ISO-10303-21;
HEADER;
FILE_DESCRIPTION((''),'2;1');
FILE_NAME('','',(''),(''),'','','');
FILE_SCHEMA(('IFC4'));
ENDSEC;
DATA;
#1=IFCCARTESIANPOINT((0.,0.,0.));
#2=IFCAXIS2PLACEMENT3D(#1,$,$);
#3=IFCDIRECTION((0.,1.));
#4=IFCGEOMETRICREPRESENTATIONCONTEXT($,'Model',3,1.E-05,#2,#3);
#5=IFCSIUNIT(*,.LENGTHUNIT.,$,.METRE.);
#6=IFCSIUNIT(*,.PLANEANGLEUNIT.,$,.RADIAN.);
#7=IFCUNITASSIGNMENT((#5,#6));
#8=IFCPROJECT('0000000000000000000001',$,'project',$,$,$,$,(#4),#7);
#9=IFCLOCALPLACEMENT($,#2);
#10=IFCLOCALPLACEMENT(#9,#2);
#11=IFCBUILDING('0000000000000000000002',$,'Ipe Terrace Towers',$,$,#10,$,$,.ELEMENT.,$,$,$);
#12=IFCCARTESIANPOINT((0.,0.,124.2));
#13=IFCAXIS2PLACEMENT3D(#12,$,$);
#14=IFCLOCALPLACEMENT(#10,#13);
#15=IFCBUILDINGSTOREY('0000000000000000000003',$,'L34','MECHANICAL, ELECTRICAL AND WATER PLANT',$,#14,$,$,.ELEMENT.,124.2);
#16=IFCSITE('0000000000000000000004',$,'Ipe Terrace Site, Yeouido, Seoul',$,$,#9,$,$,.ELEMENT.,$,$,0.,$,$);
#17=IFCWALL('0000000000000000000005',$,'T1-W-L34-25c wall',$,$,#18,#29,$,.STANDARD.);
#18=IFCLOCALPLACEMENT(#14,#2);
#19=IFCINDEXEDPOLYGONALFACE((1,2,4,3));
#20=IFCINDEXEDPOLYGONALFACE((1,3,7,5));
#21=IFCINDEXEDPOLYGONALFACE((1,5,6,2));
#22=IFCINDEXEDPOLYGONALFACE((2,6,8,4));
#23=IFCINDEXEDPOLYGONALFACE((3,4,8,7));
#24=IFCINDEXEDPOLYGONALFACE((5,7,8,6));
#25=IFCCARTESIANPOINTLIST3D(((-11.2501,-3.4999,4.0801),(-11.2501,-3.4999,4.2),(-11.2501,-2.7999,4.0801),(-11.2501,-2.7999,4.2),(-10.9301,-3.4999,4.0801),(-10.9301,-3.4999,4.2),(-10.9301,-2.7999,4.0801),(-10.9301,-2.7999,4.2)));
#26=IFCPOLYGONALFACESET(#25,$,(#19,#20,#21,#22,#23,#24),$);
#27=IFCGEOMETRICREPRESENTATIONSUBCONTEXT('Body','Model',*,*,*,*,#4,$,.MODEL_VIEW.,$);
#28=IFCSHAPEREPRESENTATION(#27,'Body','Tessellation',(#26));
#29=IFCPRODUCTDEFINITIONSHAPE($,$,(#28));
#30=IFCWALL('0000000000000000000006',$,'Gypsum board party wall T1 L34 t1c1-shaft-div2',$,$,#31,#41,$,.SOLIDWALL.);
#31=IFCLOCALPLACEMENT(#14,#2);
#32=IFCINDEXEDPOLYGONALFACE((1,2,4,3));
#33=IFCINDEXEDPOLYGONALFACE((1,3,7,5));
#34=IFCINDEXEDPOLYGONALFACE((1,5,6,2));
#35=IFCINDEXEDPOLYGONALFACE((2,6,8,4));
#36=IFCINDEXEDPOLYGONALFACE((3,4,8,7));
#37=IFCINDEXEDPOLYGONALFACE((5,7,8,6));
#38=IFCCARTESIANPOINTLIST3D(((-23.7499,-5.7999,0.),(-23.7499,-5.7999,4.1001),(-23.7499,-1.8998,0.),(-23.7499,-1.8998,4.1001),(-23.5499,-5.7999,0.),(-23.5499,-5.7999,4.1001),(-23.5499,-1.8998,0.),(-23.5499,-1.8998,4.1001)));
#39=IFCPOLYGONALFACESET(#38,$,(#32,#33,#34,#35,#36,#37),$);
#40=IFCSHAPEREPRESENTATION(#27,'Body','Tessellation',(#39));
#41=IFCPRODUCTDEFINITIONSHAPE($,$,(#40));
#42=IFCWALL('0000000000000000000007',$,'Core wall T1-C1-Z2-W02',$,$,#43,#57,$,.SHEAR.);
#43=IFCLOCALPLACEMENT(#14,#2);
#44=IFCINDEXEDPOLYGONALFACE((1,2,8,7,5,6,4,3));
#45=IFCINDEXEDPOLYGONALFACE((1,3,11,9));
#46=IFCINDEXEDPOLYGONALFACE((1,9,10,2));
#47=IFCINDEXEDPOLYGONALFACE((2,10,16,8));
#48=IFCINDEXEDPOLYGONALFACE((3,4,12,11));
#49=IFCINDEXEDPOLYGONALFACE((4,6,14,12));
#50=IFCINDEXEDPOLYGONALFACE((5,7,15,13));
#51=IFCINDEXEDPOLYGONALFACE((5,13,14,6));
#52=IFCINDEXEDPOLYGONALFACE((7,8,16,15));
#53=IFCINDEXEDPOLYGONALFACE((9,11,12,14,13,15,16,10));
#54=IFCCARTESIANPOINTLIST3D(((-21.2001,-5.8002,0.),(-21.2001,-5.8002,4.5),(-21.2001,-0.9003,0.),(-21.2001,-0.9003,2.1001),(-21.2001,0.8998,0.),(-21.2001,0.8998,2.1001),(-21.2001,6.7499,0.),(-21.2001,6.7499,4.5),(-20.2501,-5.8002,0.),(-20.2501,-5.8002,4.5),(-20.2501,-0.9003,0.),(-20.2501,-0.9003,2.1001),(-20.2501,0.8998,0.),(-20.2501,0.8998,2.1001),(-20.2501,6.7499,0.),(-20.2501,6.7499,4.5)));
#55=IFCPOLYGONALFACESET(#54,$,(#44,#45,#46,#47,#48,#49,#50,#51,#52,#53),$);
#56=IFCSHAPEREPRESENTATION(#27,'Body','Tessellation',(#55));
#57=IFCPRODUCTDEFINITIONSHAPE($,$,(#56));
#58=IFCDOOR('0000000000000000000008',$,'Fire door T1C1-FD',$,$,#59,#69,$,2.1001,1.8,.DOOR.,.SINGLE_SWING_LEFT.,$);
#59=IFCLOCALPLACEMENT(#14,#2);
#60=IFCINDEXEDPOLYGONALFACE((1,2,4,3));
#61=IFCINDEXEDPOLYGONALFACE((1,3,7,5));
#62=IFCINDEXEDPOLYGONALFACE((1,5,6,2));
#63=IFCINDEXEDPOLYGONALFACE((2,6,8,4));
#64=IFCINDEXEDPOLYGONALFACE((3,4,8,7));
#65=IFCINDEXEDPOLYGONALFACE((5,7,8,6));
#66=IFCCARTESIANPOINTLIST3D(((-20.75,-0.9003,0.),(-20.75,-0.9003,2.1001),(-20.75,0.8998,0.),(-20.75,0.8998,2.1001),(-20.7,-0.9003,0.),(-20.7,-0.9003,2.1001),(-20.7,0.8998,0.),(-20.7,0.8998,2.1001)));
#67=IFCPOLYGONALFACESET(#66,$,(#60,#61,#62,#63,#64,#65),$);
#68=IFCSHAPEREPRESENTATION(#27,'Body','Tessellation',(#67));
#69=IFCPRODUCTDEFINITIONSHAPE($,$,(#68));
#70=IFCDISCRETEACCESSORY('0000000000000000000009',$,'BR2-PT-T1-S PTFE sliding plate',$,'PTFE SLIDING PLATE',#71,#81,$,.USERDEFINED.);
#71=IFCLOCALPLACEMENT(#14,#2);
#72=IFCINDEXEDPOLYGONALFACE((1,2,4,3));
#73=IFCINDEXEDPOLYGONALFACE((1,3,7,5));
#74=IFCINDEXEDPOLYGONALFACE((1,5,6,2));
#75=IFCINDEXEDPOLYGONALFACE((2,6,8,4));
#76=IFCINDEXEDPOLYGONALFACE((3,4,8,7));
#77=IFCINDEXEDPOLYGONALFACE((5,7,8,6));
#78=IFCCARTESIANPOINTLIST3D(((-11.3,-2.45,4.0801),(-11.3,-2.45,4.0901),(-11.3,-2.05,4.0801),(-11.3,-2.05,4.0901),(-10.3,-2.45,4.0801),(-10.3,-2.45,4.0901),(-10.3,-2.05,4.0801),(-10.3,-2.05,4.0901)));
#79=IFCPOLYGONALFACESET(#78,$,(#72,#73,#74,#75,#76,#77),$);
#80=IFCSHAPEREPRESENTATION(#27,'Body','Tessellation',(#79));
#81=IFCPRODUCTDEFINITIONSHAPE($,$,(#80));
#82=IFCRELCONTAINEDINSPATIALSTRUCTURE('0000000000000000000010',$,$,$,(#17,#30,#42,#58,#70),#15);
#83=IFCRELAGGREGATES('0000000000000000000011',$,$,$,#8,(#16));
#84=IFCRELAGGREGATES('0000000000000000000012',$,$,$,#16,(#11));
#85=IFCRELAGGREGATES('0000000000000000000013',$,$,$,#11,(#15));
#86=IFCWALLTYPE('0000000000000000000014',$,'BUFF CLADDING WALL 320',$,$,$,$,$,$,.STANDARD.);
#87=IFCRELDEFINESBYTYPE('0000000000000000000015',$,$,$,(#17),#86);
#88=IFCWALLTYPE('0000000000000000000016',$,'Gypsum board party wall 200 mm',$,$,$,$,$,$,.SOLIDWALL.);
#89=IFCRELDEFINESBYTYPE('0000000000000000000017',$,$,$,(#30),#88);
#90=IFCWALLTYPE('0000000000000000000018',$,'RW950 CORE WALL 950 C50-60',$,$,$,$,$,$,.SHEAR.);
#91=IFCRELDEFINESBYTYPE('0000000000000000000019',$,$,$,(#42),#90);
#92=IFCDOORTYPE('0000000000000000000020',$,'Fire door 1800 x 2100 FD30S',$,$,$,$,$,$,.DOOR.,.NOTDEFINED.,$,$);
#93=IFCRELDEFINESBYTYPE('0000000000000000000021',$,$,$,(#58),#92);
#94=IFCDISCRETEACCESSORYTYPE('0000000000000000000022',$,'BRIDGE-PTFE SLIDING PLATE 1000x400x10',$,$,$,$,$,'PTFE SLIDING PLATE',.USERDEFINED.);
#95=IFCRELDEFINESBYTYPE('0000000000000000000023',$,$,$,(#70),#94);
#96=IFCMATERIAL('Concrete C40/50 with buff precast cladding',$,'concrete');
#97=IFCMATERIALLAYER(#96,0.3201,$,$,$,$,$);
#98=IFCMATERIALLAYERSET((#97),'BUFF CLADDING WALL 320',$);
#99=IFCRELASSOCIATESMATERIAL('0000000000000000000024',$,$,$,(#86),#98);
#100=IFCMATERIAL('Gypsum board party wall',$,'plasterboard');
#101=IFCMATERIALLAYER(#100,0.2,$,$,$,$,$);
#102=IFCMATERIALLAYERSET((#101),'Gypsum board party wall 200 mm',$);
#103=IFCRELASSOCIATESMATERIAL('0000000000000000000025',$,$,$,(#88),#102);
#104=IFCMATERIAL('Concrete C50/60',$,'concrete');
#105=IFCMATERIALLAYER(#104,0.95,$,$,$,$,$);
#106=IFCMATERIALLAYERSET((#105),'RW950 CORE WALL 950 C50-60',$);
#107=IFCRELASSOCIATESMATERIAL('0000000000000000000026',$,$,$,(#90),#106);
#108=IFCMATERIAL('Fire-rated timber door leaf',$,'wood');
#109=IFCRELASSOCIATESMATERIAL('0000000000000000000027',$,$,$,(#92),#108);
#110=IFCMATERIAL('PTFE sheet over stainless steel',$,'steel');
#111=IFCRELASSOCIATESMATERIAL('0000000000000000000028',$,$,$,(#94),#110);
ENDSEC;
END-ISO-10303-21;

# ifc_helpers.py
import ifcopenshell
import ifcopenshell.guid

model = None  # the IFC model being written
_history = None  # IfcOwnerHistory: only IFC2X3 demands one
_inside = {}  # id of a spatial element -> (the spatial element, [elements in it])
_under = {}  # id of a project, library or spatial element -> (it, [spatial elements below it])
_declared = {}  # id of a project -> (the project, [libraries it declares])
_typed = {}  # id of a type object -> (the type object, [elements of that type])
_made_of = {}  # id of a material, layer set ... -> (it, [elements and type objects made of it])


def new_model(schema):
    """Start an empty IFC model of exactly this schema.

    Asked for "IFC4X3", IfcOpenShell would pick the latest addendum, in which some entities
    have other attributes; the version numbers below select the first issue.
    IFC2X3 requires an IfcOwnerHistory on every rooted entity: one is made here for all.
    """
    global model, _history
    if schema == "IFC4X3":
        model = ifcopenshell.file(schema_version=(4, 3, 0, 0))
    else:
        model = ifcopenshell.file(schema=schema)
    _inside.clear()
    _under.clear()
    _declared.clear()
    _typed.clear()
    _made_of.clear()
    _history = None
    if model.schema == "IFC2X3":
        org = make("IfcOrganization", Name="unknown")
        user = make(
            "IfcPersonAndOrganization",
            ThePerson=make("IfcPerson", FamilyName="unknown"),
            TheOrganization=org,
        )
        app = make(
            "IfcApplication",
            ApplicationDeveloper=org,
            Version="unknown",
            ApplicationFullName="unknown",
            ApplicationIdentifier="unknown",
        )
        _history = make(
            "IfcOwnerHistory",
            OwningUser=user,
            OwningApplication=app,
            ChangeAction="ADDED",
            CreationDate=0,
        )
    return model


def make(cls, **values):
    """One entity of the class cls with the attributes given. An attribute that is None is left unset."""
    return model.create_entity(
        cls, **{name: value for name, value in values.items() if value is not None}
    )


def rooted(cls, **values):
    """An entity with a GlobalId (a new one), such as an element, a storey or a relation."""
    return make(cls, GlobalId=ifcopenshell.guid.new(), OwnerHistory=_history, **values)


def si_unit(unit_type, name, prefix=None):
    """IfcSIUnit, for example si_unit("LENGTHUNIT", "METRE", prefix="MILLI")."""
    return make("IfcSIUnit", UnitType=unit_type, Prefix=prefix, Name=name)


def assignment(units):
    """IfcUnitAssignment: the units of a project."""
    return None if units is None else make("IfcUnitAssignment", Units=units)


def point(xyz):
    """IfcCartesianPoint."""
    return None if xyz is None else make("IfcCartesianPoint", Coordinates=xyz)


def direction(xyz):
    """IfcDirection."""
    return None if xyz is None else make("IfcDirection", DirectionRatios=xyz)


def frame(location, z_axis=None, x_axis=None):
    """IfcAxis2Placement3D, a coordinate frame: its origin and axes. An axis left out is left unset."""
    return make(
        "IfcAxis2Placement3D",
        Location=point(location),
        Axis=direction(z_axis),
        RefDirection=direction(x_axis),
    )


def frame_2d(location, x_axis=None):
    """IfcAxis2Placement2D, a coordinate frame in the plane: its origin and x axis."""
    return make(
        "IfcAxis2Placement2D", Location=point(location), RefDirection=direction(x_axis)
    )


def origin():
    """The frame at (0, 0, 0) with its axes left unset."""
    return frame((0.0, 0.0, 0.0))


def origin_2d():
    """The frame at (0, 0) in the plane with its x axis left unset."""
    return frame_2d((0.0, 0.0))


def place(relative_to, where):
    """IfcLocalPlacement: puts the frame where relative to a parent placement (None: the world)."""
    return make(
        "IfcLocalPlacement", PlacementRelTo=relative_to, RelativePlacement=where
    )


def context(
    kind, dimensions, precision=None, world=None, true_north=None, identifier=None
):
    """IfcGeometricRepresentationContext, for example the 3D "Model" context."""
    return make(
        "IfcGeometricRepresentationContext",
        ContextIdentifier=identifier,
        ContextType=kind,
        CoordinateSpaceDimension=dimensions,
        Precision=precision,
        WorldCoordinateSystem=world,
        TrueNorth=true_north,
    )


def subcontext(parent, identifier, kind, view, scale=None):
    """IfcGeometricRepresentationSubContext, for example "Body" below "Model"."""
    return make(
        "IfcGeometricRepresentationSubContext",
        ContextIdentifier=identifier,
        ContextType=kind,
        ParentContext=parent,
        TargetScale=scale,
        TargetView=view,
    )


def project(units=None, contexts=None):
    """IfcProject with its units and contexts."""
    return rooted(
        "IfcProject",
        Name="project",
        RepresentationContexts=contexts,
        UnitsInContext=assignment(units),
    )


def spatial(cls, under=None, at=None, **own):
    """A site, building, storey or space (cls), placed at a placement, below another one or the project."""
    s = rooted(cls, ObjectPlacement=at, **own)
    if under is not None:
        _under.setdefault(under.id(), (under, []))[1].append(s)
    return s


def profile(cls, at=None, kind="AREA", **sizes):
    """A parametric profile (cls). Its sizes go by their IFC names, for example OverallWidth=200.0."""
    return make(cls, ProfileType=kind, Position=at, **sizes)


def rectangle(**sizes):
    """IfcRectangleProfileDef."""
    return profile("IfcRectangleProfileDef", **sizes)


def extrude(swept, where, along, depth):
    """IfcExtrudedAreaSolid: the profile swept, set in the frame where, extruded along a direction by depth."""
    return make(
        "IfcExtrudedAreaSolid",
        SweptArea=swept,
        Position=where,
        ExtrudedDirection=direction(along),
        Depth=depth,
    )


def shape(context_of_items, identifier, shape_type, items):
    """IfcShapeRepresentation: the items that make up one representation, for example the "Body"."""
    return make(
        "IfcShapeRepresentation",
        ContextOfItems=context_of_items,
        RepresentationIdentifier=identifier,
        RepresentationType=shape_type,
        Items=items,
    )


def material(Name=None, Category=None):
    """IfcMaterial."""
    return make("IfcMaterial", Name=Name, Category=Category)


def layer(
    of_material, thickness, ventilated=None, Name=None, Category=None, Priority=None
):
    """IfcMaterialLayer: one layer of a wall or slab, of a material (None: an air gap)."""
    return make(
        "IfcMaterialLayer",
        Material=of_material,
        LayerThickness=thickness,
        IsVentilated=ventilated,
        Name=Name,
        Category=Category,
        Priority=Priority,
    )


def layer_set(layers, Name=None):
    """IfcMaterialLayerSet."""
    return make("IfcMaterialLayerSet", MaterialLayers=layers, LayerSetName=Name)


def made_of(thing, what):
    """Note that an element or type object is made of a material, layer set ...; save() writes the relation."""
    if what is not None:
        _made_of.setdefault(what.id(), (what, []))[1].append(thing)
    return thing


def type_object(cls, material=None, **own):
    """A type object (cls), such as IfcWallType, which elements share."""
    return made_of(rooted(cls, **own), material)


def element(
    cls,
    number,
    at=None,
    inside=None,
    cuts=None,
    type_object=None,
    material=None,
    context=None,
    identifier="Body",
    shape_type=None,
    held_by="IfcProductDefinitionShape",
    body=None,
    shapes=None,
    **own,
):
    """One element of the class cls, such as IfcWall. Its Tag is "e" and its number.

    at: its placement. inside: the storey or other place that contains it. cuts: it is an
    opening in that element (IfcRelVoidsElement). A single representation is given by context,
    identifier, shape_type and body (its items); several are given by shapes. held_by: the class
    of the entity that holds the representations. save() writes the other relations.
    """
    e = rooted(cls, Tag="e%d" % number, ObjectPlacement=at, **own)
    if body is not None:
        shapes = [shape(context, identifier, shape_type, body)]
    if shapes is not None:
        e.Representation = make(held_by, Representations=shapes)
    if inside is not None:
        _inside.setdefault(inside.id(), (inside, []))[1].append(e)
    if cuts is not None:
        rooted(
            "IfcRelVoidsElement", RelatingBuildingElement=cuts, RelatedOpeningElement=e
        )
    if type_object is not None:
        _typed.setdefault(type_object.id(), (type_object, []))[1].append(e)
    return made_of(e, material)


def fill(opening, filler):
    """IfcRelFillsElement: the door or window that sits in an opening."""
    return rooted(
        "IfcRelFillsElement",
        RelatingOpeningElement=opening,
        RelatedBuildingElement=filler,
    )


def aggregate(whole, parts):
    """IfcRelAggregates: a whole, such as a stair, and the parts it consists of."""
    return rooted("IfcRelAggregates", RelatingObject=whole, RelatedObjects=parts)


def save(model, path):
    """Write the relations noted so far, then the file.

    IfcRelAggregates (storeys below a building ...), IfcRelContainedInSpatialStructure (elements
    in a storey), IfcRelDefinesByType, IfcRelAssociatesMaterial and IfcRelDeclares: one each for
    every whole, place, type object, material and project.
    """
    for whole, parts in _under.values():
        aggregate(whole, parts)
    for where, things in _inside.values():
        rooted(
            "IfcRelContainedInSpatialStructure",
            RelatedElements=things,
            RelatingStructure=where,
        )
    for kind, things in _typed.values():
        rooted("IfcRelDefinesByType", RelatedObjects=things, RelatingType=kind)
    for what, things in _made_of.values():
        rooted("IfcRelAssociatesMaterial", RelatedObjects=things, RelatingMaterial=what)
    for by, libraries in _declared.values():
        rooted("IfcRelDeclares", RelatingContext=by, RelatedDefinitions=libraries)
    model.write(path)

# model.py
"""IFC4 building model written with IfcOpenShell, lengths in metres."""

from ifc_helpers import new_model, si_unit, direction, frame, frame_2d, origin, origin_2d, place, context, subcontext, project, spatial, rectangle, extrude, material, layer, layer_set, type_object, element, fill, save


model = new_model("IFC4")

# Units and contexts
model_context = context("Model", 3, precision=1e-05, world=origin(), true_north=direction((0.0, 1.0)))
body_context = subcontext(model_context, "Body", "Model", "MODEL_VIEW")
ifc_project = project(units=[si_unit("LENGTHUNIT", "METRE"), si_unit("PLANEANGLEUNIT", "RADIAN")], contexts=[model_context])

# Site, building, storey
site_placement = place(None, origin())
site = spatial("IfcSite", under=ifc_project, at=site_placement, Name="Ipe Terrace Site, Yeouido, Seoul", CompositionType="ELEMENT", RefElevation=0.0)
building_placement = place(site_placement, origin())
building = spatial("IfcBuilding", under=site, at=building_placement, Name="Ipe Terrace Towers", CompositionType="ELEMENT")
storey_placement = place(building_placement, frame((0.0, 0.0, 124.2)))
storey = spatial("IfcBuildingStorey", under=building, at=storey_placement, Name="L34", Description="MECHANICAL, ELECTRICAL AND WATER PLANT", CompositionType="ELEMENT", Elevation=124.2)

# Walls
ifc_material_1 = material(Name="Concrete C40/50 with buff precast cladding", Category="concrete")
ifc_layer_1 = layer(ifc_material_1, 0.3201)
ifc_layer_set_1 = layer_set([ifc_layer_1], Name="BUFF CLADDING WALL 320")
wall_type_1 = type_object("IfcWallType", Name="BUFF CLADDING WALL 320", PredefinedType="STANDARD", material=ifc_layer_set_1)
wall_1_placement = place(storey_placement, frame((-11.0901, -3.5, 4.0801), z_axis=(0.0, 0.0, 1.0), x_axis=(0.0, 1.0, 0.0)))
element("IfcWall", 1, at=wall_1_placement, inside=storey, type_object=wall_type_1, Name="T1-W-L34-25c wall", PredefinedType="STANDARD", context=body_context, shape_type="SweptSolid", body=[
    extrude(rectangle(XDim=0.7, YDim=0.3201, at=frame_2d((0.3501, 0.0))), origin(), (0.0, 0.0, 1.0), 0.1199),
])
ifc_material_2 = material(Name="Gypsum board party wall", Category="plasterboard")
ifc_layer_2 = layer(ifc_material_2, 0.2)
ifc_layer_set_2 = layer_set([ifc_layer_2], Name="Gypsum board party wall 200 mm")
wall_type_2 = type_object("IfcWallType", Name="Gypsum board party wall 200 mm", PredefinedType="SOLIDWALL", material=ifc_layer_set_2)
wall_2_placement = place(storey_placement, frame((-23.6499, -5.8, 0.0), z_axis=(0.0, 0.0, 1.0), x_axis=(0.0, 1.0, 0.0)))
element("IfcWall", 2, at=wall_2_placement, inside=storey, type_object=wall_type_2, Name="Gypsum board party wall T1 L34 t1c1-shaft-div2", PredefinedType="SOLIDWALL", context=body_context, shape_type="SweptSolid", body=[
    extrude(rectangle(XDim=3.9001, YDim=0.2, at=frame_2d((1.9502, 0.0))), origin(), (0.0, 0.0, 1.0), 4.1001),
])

# Wall, opening, door
ifc_material_3 = material(Name="Concrete C50/60", Category="concrete")
ifc_layer_3 = layer(ifc_material_3, 0.95)
ifc_layer_set_3 = layer_set([ifc_layer_3], Name="RW950 CORE WALL 950 C50-60")
wall_type_3 = type_object("IfcWallType", Name="RW950 CORE WALL 950 C50-60", PredefinedType="SHEAR", material=ifc_layer_set_3)
wall_3_placement = place(storey_placement, frame((-20.7251, -5.8, 0.0), z_axis=(0.0, 0.0, 1.0), x_axis=(0.0, 1.0, 0.0)))
wall_3 = element("IfcWall", 3, at=wall_3_placement, inside=storey, type_object=wall_type_3, Name="Core wall T1-C1-Z2-W02", PredefinedType="SHEAR", context=body_context, shape_type="SweptSolid", body=[
    extrude(rectangle(XDim=12.55, YDim=0.95, at=frame_2d((6.2749, 0.0))), origin(), (0.0, 0.0, 1.0), 4.5),
])
opening_placement = place(wall_3_placement, frame((4.8999, 0.0, 0.0)))
opening = element("IfcOpeningElement", 4, at=opening_placement, cuts=wall_3, PredefinedType="OPENING", context=body_context, shape_type="SweptSolid", body=[
    extrude(rectangle(XDim=1.8, YDim=2.1001, at=frame_2d((0.8999, 1.05))), frame((0.0, 0.4849, 0.0), z_axis=(0.0, -1.0, 0.0), x_axis=(1.0, 0.0, 0.0)), (0.0, 0.0, 1.0), 0.97),
])
ifc_material_4 = material(Name="Fire-rated timber door leaf", Category="wood")
door_type = type_object("IfcDoorType", Name="Fire door 1800 x 2100 FD30S", OperationType="NOTDEFINED", PredefinedType="DOOR", material=ifc_material_4)
door_placement = place(opening_placement, origin())
door = element("IfcDoor", 5, at=door_placement, inside=storey, type_object=door_type, Name="Fire door T1C1-FD", OperationType="SINGLE_SWING_LEFT", OverallHeight=2.1001, OverallWidth=1.8, PredefinedType="DOOR", context=body_context, shape_type="SweptSolid", body=[
    extrude(rectangle(XDim=1.8, YDim=2.1001, at=frame_2d((0.8999, 1.05))), frame((0.0, 0.0249, 0.0), z_axis=(0.0, -1.0, 0.0), x_axis=(1.0, 0.0, 0.0)), (0.0, 0.0, 1.0), 0.05),
])
fill(opening, door)

# Discrete accessory
ifc_material_5 = material(Name="PTFE sheet over stainless steel", Category="steel")
discrete_accessory_type = type_object("IfcDiscreteAccessoryType", Name="BRIDGE-PTFE SLIDING PLATE 1000x400x10", ElementType="PTFE SLIDING PLATE", PredefinedType="USERDEFINED", material=ifc_material_5)
discrete_accessory_placement = place(storey_placement, frame((-10.8, -2.25, 4.0801), z_axis=(0.0, 0.0, 1.0), x_axis=(1.0, 0.0, 0.0)))
element("IfcDiscreteAccessory", 6, at=discrete_accessory_placement, inside=storey, type_object=discrete_accessory_type, Name="BR2-PT-T1-S PTFE sliding plate", ObjectType="PTFE SLIDING PLATE", PredefinedType="USERDEFINED", context=body_context, shape_type="SweptSolid", body=[
    extrude(rectangle(XDim=1.0, YDim=0.3999, at=origin_2d()), origin(), (0.0, 0.0, 1.0), 0.01),
])

save(model, "model.ifc")
